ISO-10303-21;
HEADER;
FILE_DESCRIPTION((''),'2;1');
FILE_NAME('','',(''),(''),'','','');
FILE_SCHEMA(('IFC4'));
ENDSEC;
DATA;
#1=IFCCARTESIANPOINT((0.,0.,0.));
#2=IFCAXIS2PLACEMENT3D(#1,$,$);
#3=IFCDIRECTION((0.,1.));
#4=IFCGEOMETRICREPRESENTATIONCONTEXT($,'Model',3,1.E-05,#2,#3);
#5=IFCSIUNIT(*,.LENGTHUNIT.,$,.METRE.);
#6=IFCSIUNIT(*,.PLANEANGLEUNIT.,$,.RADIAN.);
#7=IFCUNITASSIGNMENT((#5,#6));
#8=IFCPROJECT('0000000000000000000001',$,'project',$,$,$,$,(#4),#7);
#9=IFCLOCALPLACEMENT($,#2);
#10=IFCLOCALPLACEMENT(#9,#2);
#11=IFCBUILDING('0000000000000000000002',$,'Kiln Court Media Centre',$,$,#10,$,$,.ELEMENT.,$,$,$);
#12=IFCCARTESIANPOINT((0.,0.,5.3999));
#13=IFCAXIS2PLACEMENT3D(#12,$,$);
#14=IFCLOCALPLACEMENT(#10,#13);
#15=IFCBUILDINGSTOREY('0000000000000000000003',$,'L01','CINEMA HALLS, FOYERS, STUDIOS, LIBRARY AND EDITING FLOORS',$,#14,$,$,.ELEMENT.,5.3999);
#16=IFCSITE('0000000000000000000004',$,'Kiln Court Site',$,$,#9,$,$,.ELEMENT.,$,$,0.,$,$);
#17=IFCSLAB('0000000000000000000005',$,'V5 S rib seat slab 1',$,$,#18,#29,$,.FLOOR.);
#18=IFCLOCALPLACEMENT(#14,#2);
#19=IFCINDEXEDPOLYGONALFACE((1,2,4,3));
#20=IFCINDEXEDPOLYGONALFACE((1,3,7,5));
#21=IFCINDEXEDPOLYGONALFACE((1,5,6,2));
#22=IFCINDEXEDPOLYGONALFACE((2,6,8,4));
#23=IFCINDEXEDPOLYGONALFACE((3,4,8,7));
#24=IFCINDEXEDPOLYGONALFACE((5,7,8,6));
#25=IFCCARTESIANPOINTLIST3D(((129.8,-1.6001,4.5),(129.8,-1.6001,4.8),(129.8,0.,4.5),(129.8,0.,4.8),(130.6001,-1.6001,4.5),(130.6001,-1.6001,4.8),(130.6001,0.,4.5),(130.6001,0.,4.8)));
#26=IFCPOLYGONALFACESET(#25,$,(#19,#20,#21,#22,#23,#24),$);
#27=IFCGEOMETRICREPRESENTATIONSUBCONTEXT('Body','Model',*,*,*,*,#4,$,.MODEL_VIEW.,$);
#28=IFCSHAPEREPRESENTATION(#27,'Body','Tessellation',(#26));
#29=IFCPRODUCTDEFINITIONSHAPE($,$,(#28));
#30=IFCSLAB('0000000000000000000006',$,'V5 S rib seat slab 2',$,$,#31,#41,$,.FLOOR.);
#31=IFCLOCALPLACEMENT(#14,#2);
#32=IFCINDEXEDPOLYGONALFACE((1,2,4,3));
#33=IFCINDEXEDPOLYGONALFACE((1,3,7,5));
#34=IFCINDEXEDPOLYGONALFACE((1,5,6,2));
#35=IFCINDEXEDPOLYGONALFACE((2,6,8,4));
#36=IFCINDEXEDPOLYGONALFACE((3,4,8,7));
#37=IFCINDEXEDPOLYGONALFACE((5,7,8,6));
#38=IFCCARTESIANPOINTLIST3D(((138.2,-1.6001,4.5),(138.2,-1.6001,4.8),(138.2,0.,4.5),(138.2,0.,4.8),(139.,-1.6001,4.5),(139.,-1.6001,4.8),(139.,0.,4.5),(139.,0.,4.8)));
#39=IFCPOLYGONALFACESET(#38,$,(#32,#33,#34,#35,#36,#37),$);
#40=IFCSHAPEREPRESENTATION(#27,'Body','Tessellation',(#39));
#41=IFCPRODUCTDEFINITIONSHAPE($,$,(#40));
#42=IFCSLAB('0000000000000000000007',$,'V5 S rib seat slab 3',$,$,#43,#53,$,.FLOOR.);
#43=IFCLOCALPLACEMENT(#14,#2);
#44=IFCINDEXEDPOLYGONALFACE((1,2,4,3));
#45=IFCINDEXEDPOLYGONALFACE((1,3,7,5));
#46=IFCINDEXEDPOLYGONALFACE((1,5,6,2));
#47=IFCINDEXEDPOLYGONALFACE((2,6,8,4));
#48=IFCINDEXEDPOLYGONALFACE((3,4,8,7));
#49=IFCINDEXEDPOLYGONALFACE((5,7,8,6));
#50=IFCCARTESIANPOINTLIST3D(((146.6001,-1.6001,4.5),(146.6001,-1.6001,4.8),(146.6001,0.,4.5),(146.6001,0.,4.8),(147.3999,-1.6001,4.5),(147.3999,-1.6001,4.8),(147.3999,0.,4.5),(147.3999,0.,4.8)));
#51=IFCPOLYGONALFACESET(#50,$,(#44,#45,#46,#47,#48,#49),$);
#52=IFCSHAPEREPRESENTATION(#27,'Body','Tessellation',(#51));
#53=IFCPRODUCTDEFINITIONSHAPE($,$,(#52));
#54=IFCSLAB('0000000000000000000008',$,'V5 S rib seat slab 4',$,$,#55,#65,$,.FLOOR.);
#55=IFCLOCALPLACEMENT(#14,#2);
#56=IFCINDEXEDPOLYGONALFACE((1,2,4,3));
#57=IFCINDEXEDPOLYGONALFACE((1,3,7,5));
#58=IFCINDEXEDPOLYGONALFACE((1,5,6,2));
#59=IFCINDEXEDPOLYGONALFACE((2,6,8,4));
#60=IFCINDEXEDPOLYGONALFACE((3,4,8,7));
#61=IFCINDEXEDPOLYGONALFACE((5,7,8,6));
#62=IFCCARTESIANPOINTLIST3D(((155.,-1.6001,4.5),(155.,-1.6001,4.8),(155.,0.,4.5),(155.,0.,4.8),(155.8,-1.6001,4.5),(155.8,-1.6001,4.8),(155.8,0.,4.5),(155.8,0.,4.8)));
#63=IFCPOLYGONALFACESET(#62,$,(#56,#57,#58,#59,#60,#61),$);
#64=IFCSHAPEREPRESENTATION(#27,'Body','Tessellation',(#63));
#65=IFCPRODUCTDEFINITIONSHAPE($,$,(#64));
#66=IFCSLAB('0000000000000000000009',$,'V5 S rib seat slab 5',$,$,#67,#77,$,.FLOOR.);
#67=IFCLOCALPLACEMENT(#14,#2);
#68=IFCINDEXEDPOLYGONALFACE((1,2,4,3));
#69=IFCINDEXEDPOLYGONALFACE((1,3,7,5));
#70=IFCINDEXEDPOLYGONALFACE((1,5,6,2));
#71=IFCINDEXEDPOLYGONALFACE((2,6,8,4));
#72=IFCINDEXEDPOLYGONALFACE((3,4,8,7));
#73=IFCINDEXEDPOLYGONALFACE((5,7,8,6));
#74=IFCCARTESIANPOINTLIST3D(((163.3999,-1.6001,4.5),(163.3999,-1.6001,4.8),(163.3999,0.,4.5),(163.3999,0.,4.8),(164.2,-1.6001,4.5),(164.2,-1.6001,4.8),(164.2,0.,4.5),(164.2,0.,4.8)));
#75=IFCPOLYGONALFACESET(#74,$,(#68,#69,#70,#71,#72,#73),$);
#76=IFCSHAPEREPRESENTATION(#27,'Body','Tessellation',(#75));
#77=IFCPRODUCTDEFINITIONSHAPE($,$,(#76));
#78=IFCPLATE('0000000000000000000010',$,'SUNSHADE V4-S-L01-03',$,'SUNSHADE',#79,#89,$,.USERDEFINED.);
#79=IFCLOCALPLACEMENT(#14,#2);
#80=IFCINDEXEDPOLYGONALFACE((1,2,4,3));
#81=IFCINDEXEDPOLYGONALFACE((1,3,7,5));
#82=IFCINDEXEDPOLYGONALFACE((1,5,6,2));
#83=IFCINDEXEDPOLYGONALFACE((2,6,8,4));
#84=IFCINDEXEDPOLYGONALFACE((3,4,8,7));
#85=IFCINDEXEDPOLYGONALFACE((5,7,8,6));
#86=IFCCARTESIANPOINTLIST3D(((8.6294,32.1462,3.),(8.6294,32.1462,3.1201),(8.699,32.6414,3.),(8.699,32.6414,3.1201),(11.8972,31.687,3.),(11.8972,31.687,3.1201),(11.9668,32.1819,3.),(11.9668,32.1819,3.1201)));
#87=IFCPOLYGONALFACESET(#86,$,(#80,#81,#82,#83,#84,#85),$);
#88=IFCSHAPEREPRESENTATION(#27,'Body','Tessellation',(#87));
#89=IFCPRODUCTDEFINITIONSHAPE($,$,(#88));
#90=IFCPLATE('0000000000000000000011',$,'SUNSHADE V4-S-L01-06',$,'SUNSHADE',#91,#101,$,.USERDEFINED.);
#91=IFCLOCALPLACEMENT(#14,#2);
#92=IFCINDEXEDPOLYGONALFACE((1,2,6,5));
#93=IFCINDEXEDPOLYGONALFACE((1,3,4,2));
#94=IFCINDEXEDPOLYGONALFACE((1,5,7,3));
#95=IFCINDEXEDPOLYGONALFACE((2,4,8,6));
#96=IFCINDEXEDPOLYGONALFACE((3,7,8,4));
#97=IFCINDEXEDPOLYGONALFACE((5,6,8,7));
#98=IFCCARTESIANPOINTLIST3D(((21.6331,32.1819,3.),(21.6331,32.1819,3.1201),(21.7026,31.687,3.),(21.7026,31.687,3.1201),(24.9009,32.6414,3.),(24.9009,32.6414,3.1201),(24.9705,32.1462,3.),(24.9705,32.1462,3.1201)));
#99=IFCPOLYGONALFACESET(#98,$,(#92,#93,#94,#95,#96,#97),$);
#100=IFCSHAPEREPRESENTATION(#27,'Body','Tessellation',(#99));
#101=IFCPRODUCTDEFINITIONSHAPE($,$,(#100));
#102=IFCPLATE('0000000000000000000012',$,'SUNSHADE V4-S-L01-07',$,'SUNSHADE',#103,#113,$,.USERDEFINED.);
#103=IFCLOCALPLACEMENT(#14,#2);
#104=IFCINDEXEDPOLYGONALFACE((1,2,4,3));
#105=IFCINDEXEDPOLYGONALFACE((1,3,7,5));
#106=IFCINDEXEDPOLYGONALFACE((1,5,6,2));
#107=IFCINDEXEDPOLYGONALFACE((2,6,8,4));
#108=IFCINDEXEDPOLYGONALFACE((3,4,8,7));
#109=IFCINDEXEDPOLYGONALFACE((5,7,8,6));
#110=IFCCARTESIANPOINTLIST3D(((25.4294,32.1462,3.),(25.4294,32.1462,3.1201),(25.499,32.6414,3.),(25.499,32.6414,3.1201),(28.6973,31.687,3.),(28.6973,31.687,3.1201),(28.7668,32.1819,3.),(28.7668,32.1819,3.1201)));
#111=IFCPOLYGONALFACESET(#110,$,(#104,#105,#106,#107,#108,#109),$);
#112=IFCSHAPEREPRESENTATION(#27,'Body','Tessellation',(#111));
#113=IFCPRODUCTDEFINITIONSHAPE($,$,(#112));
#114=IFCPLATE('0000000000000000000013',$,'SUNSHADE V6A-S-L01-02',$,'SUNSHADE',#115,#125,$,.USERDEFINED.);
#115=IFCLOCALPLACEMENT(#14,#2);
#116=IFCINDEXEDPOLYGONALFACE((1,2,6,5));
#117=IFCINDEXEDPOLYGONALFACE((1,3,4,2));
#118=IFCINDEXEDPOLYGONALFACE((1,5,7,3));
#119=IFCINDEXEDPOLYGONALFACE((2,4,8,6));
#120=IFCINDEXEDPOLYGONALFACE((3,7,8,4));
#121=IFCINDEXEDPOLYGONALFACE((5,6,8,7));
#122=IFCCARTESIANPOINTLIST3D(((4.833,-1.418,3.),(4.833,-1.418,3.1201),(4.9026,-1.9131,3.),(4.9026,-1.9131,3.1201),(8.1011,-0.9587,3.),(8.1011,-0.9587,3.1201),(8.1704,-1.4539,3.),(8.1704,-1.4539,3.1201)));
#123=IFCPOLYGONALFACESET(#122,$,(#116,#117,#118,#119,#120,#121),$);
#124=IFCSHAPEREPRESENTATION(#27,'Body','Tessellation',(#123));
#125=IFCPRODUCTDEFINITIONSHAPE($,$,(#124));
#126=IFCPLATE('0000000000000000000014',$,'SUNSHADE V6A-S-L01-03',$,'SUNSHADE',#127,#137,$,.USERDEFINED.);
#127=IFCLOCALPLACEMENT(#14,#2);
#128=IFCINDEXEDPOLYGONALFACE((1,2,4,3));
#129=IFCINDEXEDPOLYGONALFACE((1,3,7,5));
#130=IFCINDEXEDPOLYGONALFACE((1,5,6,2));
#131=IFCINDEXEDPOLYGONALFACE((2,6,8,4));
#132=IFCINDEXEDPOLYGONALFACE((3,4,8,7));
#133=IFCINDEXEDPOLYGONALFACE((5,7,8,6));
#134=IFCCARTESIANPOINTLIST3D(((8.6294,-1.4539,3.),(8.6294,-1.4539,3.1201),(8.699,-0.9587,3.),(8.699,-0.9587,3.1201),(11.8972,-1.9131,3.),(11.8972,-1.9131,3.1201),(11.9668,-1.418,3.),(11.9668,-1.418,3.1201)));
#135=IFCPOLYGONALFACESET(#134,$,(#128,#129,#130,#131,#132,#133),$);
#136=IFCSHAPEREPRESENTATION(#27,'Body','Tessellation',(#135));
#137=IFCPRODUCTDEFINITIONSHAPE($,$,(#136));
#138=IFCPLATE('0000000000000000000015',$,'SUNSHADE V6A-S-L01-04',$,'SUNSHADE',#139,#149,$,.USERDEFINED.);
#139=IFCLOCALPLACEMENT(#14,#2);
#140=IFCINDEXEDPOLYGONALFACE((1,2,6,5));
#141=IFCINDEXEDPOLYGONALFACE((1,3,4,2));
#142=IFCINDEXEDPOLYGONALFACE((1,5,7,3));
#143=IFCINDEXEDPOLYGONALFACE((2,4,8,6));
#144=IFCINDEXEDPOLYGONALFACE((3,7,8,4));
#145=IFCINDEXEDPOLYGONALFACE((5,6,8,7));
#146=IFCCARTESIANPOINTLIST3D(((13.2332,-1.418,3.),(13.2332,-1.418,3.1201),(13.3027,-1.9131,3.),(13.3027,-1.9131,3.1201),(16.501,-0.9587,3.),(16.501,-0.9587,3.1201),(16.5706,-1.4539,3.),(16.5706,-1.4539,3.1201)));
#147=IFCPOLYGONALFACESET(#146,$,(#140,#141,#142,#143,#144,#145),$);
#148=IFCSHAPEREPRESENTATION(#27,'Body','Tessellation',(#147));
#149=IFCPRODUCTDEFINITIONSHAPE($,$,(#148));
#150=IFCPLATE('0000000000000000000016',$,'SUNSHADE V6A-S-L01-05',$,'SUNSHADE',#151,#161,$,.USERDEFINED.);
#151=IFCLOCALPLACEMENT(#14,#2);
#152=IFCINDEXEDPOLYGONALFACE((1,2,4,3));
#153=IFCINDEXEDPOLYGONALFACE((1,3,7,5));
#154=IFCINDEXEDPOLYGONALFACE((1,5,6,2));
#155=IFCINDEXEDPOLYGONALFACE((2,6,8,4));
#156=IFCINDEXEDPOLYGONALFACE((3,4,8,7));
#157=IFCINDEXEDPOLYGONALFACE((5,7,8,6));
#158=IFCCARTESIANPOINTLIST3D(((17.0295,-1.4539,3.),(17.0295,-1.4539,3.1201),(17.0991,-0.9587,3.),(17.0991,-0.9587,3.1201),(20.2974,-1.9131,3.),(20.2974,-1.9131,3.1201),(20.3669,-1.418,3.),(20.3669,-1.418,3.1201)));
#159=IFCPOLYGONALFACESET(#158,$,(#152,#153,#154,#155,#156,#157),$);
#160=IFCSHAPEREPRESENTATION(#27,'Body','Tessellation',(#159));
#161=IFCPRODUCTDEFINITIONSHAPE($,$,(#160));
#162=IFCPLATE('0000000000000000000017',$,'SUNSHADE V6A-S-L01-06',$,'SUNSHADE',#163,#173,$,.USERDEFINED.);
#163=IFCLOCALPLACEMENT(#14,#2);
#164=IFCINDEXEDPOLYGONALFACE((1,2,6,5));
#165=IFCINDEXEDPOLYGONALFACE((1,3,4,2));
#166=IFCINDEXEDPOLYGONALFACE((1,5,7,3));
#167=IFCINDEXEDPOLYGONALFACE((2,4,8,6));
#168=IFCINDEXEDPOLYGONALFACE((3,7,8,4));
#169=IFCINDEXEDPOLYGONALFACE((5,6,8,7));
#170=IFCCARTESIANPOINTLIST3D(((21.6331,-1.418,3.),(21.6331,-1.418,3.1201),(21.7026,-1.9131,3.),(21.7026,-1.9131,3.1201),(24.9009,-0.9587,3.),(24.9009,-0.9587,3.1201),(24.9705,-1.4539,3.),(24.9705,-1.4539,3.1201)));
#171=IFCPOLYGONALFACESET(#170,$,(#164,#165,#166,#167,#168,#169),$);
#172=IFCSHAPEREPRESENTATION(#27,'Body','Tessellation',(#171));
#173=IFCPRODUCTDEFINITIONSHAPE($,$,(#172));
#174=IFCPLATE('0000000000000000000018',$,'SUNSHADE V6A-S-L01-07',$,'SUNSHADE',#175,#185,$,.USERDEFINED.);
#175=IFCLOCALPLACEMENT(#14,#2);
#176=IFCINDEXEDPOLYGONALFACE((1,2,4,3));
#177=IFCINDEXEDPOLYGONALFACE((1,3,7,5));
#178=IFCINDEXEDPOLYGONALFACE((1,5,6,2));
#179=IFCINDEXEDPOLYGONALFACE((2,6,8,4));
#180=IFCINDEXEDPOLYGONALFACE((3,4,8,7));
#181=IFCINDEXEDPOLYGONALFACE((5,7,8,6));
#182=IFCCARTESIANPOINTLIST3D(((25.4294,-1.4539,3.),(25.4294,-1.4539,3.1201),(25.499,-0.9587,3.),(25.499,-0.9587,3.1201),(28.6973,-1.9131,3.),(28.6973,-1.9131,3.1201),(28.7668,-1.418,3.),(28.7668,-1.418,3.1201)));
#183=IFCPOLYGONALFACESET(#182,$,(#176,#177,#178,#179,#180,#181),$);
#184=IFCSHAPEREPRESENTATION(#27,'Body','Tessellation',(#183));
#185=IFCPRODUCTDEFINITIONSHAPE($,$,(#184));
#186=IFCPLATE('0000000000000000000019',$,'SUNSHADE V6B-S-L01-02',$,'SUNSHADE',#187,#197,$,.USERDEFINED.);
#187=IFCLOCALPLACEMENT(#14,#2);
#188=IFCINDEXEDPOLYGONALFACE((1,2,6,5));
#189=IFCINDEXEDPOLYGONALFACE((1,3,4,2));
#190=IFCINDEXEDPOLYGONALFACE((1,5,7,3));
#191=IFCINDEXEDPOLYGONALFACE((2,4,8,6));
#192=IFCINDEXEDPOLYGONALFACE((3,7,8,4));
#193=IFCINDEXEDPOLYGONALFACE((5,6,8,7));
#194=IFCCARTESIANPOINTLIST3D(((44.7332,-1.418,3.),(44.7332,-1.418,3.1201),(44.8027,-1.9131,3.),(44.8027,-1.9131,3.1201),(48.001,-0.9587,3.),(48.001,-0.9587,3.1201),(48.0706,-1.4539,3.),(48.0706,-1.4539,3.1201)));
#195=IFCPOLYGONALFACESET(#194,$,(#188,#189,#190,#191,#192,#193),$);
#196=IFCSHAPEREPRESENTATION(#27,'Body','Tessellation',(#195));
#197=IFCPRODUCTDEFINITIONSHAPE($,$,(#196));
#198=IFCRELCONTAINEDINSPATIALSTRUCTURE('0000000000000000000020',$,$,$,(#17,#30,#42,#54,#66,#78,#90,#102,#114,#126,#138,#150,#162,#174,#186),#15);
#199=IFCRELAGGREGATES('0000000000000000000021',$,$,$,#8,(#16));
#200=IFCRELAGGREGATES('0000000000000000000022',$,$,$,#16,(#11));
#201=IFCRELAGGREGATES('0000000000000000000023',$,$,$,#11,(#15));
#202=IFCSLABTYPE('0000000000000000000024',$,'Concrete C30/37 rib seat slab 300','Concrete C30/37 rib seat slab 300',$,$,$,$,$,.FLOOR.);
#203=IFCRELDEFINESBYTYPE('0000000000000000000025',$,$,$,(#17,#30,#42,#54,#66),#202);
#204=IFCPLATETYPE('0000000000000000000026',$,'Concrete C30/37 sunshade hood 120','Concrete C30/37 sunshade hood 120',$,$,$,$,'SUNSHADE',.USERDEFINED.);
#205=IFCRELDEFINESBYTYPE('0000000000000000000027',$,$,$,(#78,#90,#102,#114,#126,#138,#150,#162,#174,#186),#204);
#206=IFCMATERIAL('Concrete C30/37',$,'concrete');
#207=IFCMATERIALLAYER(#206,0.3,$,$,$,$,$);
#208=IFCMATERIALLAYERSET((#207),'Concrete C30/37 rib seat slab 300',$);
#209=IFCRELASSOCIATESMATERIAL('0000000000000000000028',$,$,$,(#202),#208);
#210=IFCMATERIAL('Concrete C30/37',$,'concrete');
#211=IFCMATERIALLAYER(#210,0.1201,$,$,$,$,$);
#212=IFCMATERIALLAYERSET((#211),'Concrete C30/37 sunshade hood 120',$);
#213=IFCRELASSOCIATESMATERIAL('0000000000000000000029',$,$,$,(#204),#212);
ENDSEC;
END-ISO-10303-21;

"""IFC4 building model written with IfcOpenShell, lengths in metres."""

from ifc_helpers import new_model, si_unit, direction, frame, origin, place, context, subcontext, project, spatial, polyline, outline, extrude, material, layer, layer_set, type_object, element, save


model = new_model("IFC4")

# Units and contexts
model_context = context("Model", 3, precision=1e-05, world=origin(), true_north=direction((0.0, 1.0)))
body_context = subcontext(model_context, "Body", "Model", "MODEL_VIEW")
ifc_project = project(units=[si_unit("LENGTHUNIT", "METRE"), si_unit("PLANEANGLEUNIT", "RADIAN")], contexts=[model_context])

# Site, building, storey
site_placement = place(None, origin())
site = spatial("IfcSite", under=ifc_project, at=site_placement, Name="Kiln Court Site", CompositionType="ELEMENT", RefElevation=0.0)
building_placement = place(site_placement, origin())
building = spatial("IfcBuilding", under=site, at=building_placement, Name="Kiln Court Media Centre", CompositionType="ELEMENT")
storey_placement = place(building_placement, frame((0.0, 0.0, 5.3999)))
storey = spatial("IfcBuildingStorey", under=building, at=storey_placement, Name="L01", Description="CINEMA HALLS, FOYERS, STUDIOS, LIBRARY AND EDITING FLOORS", CompositionType="ELEMENT", Elevation=5.3999)

# Slabs
ifc_material_1 = material(Name="Concrete C30/37", Category="concrete")
ifc_layer_1 = layer(ifc_material_1, 0.3)
ifc_layer_set_1 = layer_set([ifc_layer_1], Name="Concrete C30/37 rib seat slab 300")
slab_type_1 = type_object("IfcSlabType", Name="Concrete C30/37 rib seat slab 300", Description="Concrete C30/37 rib seat slab 300", PredefinedType="FLOOR", material=ifc_layer_set_1)
slab_1_placement = place(storey_placement, frame((0.0, 0.0, 4.5)))
element("IfcSlab", 1, at=slab_1_placement, inside=storey, type_object=slab_type_1, Name="V5 S rib seat slab 1", PredefinedType="FLOOR", context=body_context, shape_type="SweptSolid", body=[
    extrude(outline(polyline([(129.8, 0.0), (130.6001, 0.0), (130.6001, -1.6001), (129.8, -1.6001), (129.8, 0.0)])), origin(), (0.0, 0.0, 1.0), 0.3),
])
slab_2_placement = place(storey_placement, frame((0.0, 0.0, 4.5)))
element("IfcSlab", 2, at=slab_2_placement, inside=storey, type_object=slab_type_1, Name="V5 S rib seat slab 2", PredefinedType="FLOOR", context=body_context, shape_type="SweptSolid", body=[
    extrude(outline(polyline([(138.2, 0.0), (139.0, 0.0), (139.0, -1.6001), (138.2, -1.6001), (138.2, 0.0)])), origin(), (0.0, 0.0, 1.0), 0.3),
])
slab_3_placement = place(storey_placement, frame((0.0, 0.0, 4.5)))
element("IfcSlab", 3, at=slab_3_placement, inside=storey, type_object=slab_type_1, Name="V5 S rib seat slab 3", PredefinedType="FLOOR", context=body_context, shape_type="SweptSolid", body=[
    extrude(outline(polyline([(146.6001, 0.0), (147.3999, 0.0), (147.3999, -1.6001), (146.6001, -1.6001), (146.6001, 0.0)])), origin(), (0.0, 0.0, 1.0), 0.3),
])
slab_4_placement = place(storey_placement, frame((0.0, 0.0, 4.5)))
element("IfcSlab", 4, at=slab_4_placement, inside=storey, type_object=slab_type_1, Name="V5 S rib seat slab 4", PredefinedType="FLOOR", context=body_context, shape_type="SweptSolid", body=[
    extrude(outline(polyline([(155.0, 0.0), (155.8, 0.0), (155.8, -1.6001), (155.0, -1.6001), (155.0, 0.0)])), origin(), (0.0, 0.0, 1.0), 0.3),
])
slab_5_placement = place(storey_placement, frame((0.0, 0.0, 4.5)))
element("IfcSlab", 5, at=slab_5_placement, inside=storey, type_object=slab_type_1, Name="V5 S rib seat slab 5", PredefinedType="FLOOR", context=body_context, shape_type="SweptSolid", body=[
    extrude(outline(polyline([(163.3999, 0.0), (164.2, 0.0), (164.2, -1.6001), (163.3999, -1.6001), (163.3999, 0.0)])), origin(), (0.0, 0.0, 1.0), 0.3),
])

# Plates
ifc_material_2 = material(Name="Concrete C30/37", Category="concrete")
ifc_layer_2 = layer(ifc_material_2, 0.1201)
ifc_layer_set_2 = layer_set([ifc_layer_2], Name="Concrete C30/37 sunshade hood 120")
plate_type = type_object("IfcPlateType", Name="Concrete C30/37 sunshade hood 120", Description="Concrete C30/37 sunshade hood 120", ElementType="SUNSHADE", PredefinedType="USERDEFINED", material=ifc_layer_set_2)
plate_1_placement = place(storey_placement, frame((0.0, 0.0, 3.0)))
element("IfcPlate", 6, at=plate_1_placement, inside=storey, type_object=plate_type, Name="SUNSHADE V4-S-L01-03", ObjectType="SUNSHADE", PredefinedType="USERDEFINED", context=body_context, shape_type="SweptSolid", body=[
    extrude(outline(polyline([(8.699, 32.6414), (11.9668, 32.1819), (11.8972, 31.687), (8.6294, 32.1462), (8.699, 32.6414)])), origin(), (0.0, 0.0, 1.0), 0.1201),
])
plate_2_placement = place(storey_placement, frame((0.0, 0.0, 3.0)))
element("IfcPlate", 7, at=plate_2_placement, inside=storey, type_object=plate_type, Name="SUNSHADE V4-S-L01-06", ObjectType="SUNSHADE", PredefinedType="USERDEFINED", context=body_context, shape_type="SweptSolid", body=[
    extrude(outline(polyline([(21.6331, 32.1819), (24.9009, 32.6414), (24.9705, 32.1462), (21.7026, 31.687), (21.6331, 32.1819)])), origin(), (0.0, 0.0, 1.0), 0.1201),
])
plate_3_placement = place(storey_placement, frame((0.0, 0.0, 3.0)))
element("IfcPlate", 8, at=plate_3_placement, inside=storey, type_object=plate_type, Name="SUNSHADE V4-S-L01-07", ObjectType="SUNSHADE", PredefinedType="USERDEFINED", context=body_context, shape_type="SweptSolid", body=[
    extrude(outline(polyline([(25.499, 32.6414), (28.7668, 32.1819), (28.6973, 31.687), (25.4294, 32.1462), (25.499, 32.6414)])), origin(), (0.0, 0.0, 1.0), 0.1201),
])
plate_4_placement = place(storey_placement, frame((0.0, 0.0, 3.0)))
element("IfcPlate", 9, at=plate_4_placement, inside=storey, type_object=plate_type, Name="SUNSHADE V6A-S-L01-02", ObjectType="SUNSHADE", PredefinedType="USERDEFINED", context=body_context, shape_type="SweptSolid", body=[
    extrude(outline(polyline([(4.833, -1.418), (8.1011, -0.9587), (8.1704, -1.4539), (4.9026, -1.9131), (4.833, -1.418)])), origin(), (0.0, 0.0, 1.0), 0.1201),
])
plate_5_placement = place(storey_placement, frame((0.0, 0.0, 3.0)))
element("IfcPlate", 10, at=plate_5_placement, inside=storey, type_object=plate_type, Name="SUNSHADE V6A-S-L01-03", ObjectType="SUNSHADE", PredefinedType="USERDEFINED", context=body_context, shape_type="SweptSolid", body=[
    extrude(outline(polyline([(8.699, -0.9587), (11.9668, -1.418), (11.8972, -1.9131), (8.6294, -1.4539), (8.699, -0.9587)])), origin(), (0.0, 0.0, 1.0), 0.1201),
])
plate_6_placement = place(storey_placement, frame((0.0, 0.0, 3.0)))
element("IfcPlate", 11, at=plate_6_placement, inside=storey, type_object=plate_type, Name="SUNSHADE V6A-S-L01-04", ObjectType="SUNSHADE", PredefinedType="USERDEFINED", context=body_context, shape_type="SweptSolid", body=[
    extrude(outline(polyline([(13.2332, -1.418), (16.501, -0.9587), (16.5706, -1.4539), (13.3027, -1.9131), (13.2332, -1.418)])), origin(), (0.0, 0.0, 1.0), 0.1201),
])
plate_7_placement = place(storey_placement, frame((0.0, 0.0, 3.0)))
element("IfcPlate", 12, at=plate_7_placement, inside=storey, type_object=plate_type, Name="SUNSHADE V6A-S-L01-05", ObjectType="SUNSHADE", PredefinedType="USERDEFINED", context=body_context, shape_type="SweptSolid", body=[
    extrude(outline(polyline([(17.0991, -0.9587), (20.3669, -1.418), (20.2974, -1.9131), (17.0295, -1.4539), (17.0991, -0.9587)])), origin(), (0.0, 0.0, 1.0), 0.1201),
])
plate_8_placement = place(storey_placement, frame((0.0, 0.0, 3.0)))
element("IfcPlate", 13, at=plate_8_placement, inside=storey, type_object=plate_type, Name="SUNSHADE V6A-S-L01-06", ObjectType="SUNSHADE", PredefinedType="USERDEFINED", context=body_context, shape_type="SweptSolid", body=[
    extrude(outline(polyline([(21.6331, -1.418), (24.9009, -0.9587), (24.9705, -1.4539), (21.7026, -1.9131), (21.6331, -1.418)])), origin(), (0.0, 0.0, 1.0), 0.1201),
])
plate_9_placement = place(storey_placement, frame((0.0, 0.0, 3.0)))
element("IfcPlate", 14, at=plate_9_placement, inside=storey, type_object=plate_type, Name="SUNSHADE V6A-S-L01-07", ObjectType="SUNSHADE", PredefinedType="USERDEFINED", context=body_context, shape_type="SweptSolid", body=[
    extrude(outline(polyline([(25.499, -0.9587), (28.7668, -1.418), (28.6973, -1.9131), (25.4294, -1.4539), (25.499, -0.9587)])), origin(), (0.0, 0.0, 1.0), 0.1201),
])
plate_10_placement = place(storey_placement, frame((0.0, 0.0, 3.0)))
element("IfcPlate", 15, at=plate_10_placement, inside=storey, type_object=plate_type, Name="SUNSHADE V6B-S-L01-02", ObjectType="SUNSHADE", PredefinedType="USERDEFINED", context=body_context, shape_type="SweptSolid", body=[
    extrude(outline(polyline([(44.7332, -1.418), (48.001, -0.9587), (48.0706, -1.4539), (44.8027, -1.9131), (44.7332, -1.418)])), origin(), (0.0, 0.0, 1.0), 0.1201),
])

save(model, "model.ifc")
